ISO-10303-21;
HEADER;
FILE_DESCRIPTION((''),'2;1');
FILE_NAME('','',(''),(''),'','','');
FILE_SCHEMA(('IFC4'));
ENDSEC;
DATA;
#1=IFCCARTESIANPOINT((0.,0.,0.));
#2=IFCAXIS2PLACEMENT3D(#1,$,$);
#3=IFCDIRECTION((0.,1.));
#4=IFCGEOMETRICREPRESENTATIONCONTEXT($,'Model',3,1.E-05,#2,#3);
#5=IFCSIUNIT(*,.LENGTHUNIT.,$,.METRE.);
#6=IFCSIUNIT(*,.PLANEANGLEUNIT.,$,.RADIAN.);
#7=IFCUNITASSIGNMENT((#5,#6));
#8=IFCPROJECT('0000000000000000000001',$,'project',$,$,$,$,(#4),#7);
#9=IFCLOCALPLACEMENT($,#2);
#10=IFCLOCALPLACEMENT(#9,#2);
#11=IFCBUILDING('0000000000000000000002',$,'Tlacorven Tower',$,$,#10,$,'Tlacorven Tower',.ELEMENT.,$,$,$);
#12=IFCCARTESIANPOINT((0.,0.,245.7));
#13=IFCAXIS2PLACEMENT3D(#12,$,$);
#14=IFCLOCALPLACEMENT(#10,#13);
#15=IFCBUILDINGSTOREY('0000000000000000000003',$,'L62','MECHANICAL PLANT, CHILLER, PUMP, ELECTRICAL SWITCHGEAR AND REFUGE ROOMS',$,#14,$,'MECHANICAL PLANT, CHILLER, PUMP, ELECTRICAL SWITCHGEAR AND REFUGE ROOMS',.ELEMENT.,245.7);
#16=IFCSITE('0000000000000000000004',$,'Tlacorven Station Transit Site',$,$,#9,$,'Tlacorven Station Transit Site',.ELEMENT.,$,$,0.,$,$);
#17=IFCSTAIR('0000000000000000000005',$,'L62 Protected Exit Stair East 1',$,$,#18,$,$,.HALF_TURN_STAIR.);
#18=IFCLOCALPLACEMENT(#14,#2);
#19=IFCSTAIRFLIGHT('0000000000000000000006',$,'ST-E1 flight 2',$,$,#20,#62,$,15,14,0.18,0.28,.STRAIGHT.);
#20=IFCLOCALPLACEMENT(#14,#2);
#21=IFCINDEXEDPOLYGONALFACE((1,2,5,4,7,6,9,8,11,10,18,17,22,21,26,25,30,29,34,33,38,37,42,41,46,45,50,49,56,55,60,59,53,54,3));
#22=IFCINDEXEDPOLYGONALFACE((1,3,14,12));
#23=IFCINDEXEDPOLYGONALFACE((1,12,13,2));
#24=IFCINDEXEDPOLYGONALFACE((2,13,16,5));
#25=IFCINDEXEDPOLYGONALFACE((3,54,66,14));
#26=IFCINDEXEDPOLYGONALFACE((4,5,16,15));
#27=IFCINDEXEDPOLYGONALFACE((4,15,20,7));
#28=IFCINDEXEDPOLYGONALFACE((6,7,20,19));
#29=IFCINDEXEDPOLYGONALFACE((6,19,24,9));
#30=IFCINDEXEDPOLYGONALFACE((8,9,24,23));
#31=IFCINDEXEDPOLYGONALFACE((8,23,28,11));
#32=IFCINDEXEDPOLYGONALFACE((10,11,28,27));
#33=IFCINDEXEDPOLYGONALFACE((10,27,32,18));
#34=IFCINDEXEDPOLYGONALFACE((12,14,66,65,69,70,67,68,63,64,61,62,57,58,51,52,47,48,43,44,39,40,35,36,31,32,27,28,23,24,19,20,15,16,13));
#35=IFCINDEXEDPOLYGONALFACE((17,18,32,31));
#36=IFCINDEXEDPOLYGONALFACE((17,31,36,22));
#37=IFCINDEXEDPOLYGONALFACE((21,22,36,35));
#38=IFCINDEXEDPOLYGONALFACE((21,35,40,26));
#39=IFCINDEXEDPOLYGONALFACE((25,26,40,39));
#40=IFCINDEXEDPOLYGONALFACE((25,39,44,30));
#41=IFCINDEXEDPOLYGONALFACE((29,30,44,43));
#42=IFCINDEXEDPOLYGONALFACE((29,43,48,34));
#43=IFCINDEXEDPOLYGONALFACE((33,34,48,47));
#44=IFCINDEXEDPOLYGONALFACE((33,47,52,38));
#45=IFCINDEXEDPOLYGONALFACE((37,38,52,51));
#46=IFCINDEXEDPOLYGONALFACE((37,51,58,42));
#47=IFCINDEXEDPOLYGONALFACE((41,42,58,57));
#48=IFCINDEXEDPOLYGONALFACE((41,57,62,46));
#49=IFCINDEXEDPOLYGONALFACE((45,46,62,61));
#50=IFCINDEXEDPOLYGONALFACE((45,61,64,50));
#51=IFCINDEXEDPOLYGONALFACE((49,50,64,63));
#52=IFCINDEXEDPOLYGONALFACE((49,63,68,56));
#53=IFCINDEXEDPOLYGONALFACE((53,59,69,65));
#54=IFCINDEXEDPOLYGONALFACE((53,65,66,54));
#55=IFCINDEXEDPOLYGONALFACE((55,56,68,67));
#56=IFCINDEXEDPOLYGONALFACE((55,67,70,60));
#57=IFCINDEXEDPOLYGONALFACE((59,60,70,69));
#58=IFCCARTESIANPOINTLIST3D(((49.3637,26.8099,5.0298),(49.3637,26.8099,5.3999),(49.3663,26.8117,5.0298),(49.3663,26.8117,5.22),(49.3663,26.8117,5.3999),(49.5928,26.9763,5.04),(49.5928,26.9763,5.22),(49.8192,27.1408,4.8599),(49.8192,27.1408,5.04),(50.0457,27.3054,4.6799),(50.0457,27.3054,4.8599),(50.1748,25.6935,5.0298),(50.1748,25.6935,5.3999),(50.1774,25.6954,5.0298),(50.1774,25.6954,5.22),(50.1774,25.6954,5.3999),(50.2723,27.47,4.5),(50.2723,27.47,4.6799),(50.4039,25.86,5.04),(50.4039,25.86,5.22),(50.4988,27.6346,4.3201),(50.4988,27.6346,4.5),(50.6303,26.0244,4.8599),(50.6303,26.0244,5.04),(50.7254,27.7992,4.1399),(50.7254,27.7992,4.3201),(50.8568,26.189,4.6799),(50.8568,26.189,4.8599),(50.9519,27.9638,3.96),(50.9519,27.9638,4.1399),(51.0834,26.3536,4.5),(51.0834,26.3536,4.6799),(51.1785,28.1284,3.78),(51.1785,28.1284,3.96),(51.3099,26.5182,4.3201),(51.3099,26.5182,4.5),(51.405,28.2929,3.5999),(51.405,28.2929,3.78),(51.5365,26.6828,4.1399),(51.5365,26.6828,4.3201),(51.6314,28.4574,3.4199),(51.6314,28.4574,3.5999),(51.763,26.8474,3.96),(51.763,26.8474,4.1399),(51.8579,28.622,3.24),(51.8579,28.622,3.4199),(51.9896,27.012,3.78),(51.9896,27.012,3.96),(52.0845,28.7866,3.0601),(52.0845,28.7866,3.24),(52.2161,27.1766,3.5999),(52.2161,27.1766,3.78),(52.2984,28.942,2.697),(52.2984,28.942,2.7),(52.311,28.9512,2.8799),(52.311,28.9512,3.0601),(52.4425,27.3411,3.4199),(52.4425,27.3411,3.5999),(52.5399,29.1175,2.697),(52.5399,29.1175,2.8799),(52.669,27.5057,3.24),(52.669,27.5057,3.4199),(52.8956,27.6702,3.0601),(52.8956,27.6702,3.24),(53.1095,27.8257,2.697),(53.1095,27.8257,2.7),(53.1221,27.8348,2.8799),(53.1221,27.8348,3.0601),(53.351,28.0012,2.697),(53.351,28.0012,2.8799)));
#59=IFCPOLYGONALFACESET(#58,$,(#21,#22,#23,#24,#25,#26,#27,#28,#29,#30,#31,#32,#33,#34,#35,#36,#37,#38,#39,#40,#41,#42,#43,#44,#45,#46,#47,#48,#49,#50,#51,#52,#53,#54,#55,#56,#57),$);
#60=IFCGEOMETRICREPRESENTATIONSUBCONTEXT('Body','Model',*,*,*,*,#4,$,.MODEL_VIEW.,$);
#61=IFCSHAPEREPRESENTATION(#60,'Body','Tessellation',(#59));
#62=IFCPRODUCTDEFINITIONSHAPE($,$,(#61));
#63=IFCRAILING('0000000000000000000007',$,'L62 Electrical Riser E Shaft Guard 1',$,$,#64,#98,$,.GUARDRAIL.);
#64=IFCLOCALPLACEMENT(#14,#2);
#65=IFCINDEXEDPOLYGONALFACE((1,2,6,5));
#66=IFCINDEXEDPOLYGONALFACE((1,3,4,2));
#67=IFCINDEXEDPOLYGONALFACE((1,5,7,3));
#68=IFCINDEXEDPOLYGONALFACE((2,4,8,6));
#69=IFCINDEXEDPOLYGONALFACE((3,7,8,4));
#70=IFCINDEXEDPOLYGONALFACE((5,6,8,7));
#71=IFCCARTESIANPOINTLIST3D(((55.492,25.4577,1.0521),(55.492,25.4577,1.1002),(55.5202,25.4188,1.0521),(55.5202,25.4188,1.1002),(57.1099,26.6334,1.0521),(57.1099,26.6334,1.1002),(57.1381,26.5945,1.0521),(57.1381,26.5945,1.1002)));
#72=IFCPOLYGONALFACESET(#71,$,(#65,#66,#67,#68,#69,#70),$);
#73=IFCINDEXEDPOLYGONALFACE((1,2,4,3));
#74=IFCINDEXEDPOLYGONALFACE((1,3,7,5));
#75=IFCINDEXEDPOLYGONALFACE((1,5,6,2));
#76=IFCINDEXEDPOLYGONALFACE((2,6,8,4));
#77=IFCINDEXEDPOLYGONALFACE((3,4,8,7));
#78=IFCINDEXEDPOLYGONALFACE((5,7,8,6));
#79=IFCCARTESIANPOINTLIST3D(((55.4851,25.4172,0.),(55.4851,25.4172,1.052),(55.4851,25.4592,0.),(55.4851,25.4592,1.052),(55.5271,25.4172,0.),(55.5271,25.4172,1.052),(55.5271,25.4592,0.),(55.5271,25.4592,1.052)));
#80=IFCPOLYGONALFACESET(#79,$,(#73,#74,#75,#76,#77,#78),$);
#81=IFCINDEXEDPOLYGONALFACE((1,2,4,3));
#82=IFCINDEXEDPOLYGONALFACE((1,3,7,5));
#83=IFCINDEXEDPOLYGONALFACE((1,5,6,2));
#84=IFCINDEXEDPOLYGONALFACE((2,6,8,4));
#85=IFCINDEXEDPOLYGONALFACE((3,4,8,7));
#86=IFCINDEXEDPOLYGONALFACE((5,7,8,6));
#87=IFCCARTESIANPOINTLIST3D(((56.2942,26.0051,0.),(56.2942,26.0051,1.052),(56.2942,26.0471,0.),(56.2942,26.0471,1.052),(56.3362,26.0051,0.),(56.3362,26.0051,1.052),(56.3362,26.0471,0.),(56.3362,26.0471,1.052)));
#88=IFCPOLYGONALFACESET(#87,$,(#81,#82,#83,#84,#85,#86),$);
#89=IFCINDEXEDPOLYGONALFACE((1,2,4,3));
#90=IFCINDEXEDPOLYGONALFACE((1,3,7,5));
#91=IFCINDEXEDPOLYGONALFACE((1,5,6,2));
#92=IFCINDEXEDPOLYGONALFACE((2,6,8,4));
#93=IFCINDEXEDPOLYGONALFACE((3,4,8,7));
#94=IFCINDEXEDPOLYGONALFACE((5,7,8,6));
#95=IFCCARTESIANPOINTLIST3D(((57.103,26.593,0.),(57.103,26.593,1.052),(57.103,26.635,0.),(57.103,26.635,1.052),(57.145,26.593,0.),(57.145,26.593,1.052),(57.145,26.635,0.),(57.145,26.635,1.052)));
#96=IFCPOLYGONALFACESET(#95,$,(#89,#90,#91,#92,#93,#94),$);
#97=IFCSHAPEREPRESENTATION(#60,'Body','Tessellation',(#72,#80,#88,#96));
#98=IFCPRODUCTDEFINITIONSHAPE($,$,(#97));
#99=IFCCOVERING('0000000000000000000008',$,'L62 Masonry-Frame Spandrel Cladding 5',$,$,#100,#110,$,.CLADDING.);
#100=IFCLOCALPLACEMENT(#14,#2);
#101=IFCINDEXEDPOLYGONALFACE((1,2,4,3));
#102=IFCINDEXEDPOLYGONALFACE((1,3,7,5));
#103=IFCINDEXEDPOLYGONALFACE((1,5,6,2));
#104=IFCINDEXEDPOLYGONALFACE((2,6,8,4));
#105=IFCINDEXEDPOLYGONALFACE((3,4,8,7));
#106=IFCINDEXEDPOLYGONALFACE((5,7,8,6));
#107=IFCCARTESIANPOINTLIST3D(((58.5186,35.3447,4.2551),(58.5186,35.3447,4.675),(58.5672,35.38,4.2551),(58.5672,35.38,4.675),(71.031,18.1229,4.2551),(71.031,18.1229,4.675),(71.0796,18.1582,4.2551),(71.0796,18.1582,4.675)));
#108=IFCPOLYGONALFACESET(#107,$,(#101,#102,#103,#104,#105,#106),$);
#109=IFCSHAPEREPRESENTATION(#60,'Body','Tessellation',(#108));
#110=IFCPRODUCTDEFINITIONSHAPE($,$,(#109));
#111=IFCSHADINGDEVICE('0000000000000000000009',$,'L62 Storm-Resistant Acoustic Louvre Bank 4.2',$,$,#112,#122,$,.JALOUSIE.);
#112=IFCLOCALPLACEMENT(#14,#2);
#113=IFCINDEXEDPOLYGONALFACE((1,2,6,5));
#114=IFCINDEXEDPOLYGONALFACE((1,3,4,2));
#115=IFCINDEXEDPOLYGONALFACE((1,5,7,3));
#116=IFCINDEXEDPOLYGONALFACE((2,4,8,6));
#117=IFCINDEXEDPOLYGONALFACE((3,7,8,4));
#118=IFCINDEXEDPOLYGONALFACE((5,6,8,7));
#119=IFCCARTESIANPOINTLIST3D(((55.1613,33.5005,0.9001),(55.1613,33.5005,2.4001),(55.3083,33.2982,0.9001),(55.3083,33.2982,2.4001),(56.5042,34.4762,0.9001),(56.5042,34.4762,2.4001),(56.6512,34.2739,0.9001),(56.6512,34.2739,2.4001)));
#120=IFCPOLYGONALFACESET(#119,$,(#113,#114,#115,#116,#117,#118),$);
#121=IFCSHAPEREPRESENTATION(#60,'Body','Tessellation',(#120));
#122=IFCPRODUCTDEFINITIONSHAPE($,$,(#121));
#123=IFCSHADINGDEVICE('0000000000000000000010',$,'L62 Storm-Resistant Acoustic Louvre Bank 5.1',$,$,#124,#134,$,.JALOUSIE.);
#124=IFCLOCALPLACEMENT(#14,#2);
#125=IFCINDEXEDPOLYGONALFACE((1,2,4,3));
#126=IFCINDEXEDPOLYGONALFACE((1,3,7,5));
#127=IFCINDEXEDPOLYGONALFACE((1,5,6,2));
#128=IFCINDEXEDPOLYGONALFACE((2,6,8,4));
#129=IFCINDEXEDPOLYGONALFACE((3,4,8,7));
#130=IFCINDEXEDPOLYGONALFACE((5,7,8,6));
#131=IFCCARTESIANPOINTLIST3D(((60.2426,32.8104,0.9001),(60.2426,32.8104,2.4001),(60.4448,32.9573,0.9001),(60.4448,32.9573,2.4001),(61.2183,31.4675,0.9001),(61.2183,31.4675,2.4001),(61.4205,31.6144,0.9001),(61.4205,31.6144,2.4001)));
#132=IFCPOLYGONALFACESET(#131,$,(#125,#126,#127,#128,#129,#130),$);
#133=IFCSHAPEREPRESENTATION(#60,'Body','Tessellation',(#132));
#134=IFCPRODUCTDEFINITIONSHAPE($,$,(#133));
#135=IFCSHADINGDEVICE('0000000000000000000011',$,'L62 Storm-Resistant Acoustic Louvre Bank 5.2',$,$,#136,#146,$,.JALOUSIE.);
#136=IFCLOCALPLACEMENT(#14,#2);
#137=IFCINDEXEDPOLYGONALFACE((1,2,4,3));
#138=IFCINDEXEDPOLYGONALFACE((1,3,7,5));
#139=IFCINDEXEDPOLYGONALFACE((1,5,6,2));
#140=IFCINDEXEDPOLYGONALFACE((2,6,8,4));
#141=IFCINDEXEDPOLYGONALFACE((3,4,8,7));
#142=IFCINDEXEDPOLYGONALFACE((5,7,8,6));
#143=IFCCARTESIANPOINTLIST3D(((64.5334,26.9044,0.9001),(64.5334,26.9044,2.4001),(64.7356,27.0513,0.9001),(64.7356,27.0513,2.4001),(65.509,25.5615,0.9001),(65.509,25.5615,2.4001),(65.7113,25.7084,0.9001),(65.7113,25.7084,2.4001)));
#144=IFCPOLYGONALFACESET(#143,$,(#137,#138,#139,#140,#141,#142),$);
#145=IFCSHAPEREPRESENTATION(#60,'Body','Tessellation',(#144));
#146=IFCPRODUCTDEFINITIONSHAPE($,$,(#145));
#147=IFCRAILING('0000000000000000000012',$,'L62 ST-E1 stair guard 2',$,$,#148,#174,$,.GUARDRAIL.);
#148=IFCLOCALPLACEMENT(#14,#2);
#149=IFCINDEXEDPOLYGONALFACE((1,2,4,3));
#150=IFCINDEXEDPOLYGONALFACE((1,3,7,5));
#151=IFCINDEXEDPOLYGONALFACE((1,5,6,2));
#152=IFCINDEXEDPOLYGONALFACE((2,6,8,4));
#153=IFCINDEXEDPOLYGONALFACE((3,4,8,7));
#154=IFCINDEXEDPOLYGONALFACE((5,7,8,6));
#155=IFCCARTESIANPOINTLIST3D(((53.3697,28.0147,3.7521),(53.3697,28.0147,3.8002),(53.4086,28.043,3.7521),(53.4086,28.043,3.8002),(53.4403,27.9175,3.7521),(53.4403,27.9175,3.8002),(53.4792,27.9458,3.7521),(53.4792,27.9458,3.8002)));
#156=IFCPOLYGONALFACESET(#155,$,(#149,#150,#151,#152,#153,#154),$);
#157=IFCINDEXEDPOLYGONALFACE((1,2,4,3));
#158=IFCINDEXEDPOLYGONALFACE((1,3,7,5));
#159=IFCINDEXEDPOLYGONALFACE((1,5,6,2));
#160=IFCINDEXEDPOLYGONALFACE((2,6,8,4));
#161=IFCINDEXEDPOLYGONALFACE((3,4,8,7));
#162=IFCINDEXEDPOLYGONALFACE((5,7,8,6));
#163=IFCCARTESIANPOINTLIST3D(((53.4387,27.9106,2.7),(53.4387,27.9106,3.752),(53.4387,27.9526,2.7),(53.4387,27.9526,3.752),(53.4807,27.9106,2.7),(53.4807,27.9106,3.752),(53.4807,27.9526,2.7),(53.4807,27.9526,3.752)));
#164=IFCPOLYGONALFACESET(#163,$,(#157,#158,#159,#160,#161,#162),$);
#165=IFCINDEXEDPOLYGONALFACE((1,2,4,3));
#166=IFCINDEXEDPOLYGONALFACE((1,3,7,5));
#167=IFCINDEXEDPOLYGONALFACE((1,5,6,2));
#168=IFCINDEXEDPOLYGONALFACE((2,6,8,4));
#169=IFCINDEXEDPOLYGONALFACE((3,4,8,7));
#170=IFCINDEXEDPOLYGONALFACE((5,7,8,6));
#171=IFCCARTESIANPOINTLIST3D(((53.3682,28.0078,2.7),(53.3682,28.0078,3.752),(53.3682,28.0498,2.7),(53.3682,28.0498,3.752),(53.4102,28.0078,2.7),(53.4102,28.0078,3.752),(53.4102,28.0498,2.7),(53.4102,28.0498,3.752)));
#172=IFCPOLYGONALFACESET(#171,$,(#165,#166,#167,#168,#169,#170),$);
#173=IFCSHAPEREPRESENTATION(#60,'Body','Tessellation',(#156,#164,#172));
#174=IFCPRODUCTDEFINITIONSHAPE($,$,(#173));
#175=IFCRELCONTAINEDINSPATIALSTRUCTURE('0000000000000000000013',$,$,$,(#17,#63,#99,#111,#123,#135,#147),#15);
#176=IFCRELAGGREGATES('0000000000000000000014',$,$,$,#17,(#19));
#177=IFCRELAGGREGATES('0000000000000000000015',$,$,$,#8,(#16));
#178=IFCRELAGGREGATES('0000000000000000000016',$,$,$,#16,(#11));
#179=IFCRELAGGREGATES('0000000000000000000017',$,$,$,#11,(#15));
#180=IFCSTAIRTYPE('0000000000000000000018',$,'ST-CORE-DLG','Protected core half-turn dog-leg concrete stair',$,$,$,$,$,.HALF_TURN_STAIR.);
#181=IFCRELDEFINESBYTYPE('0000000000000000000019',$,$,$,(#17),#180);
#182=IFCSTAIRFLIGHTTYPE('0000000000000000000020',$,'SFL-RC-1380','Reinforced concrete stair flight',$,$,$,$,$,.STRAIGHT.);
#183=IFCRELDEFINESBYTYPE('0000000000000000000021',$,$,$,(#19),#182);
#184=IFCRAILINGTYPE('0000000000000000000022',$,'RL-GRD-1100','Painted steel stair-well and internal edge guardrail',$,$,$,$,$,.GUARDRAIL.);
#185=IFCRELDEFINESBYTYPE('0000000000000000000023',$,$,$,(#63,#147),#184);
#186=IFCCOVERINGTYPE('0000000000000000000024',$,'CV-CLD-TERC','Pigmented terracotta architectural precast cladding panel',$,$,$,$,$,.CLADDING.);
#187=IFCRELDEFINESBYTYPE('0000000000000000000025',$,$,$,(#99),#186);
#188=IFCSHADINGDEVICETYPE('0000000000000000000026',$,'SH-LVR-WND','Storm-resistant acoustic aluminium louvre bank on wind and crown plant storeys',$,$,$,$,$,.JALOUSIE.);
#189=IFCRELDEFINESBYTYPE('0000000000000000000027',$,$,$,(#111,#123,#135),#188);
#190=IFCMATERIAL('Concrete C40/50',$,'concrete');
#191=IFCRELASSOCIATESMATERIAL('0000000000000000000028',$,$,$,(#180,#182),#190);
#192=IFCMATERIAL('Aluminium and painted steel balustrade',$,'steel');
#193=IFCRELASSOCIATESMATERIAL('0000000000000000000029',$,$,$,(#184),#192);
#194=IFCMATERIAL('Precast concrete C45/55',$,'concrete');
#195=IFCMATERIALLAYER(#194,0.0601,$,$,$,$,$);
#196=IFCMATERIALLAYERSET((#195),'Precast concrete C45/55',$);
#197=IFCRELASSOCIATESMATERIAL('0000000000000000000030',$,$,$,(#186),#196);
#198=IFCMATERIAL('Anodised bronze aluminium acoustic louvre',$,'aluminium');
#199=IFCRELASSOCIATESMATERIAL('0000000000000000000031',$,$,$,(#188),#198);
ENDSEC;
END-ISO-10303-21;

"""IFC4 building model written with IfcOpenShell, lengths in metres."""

from ifc_helpers import new_model, si_unit, direction, frame, origin, origin_2d, place, context, subcontext, project, spatial, polyline, rectangle, outline, extrude, source, transform, mapped, material, layer, layer_set, type_object, element, aggregate, save


model = new_model("IFC4")

# Units and contexts
model_context = context("Model", 3, precision=1e-05, world=origin(), true_north=direction((0.0, 1.0)))
body_context = subcontext(model_context, "Body", "Model", "MODEL_VIEW")
ifc_project = project(units=[si_unit("LENGTHUNIT", "METRE"), si_unit("PLANEANGLEUNIT", "RADIAN")], contexts=[model_context])

# Site, building, storey
site_placement = place(None, origin())
site = spatial("IfcSite", under=ifc_project, at=site_placement, Name="Tlacorven Station Transit Site", LongName="Tlacorven Station Transit Site", CompositionType="ELEMENT", RefElevation=0.0)
building_placement = place(site_placement, origin())
building = spatial("IfcBuilding", under=site, at=building_placement, Name="Tlacorven Tower", LongName="Tlacorven Tower", CompositionType="ELEMENT")
storey_placement = place(building_placement, frame((0.0, 0.0, 245.7)))
storey = spatial("IfcBuildingStorey", under=building, at=storey_placement, Name="L62", Description="MECHANICAL PLANT, CHILLER, PUMP, ELECTRICAL SWITCHGEAR AND REFUGE ROOMS", LongName="MECHANICAL PLANT, CHILLER, PUMP, ELECTRICAL SWITCHGEAR AND REFUGE ROOMS", CompositionType="ELEMENT", Elevation=245.7)

# Shared definitions
ifc_material_1 = material(Name="Precast concrete C45/55", Category="concrete")

# Shared definitions
ifc_material_2 = material(Name="Concrete C40/50", Category="concrete")

# Stair, stair flight
stair_type = type_object("IfcStairType", Name="ST-CORE-DLG", Description="Protected core half-turn dog-leg concrete stair", PredefinedType="HALF_TURN_STAIR", material=ifc_material_2)
stair_placement = place(storey_placement, origin())
stair = element("IfcStair", 1, at=stair_placement, inside=storey, type_object=stair_type, Name="L62 Protected Exit Stair East 1", PredefinedType="HALF_TURN_STAIR")
stair_flight_type = type_object("IfcStairFlightType", Name="SFL-RC-1380", Description="Reinforced concrete stair flight", PredefinedType="STRAIGHT", material=ifc_material_2)
shared_shape_1 = source(origin(), body_context, "Body", "SweptSolid", [
    extrude(outline(polyline([(-0.0029, -0.0029), (-0.0029, 0.1799), (0.28, 0.1799), (0.28, 0.3601), (0.5601, 0.3601), (0.5601, 0.54), (0.8401, 0.54), (0.8401, 0.72), (1.1201, 0.72), (1.1201, 0.8999), (1.3999, 0.8999), (1.3999, 1.0801), (1.6799, 1.0801), (1.6799, 1.26), (1.96, 1.26), (1.96, 1.4399), (2.24, 1.4399), (2.24, 1.6201), (2.52, 1.6201), (2.52, 1.8), (2.8, 1.8), (2.8, 1.98), (3.0801, 1.98), (3.0801, 2.1599), (3.3601, 2.1599), (3.3601, 2.3401), (3.6399, 2.3401), (3.6399, 2.52), (3.9199, 2.52), (3.9199, 2.7), (3.9231, 2.7), (3.9231, 2.3298), (3.9199, 2.3298), (0.2957, 0.0), (0.2957, -0.0029), (-0.0029, -0.0029)])), frame((0.0, 0.6899, 0.0), z_axis=(0.0, -1.0, 0.0), x_axis=(1.0, 0.0, 0.0)), (0.0, 0.0, 1.0), 1.3799),
])
stair_flight_placement = place(storey_placement, frame((52.9431, 28.5576, 2.7), z_axis=(0.0, 0.0, 1.0), x_axis=(-0.809017, -0.587785, 0.0)))
stair_flight = element("IfcStairFlight", 2, at=stair_flight_placement, type_object=stair_flight_type, Name="ST-E1 flight 2", NumberOfRisers=15, NumberOfTreads=14, PredefinedType="STRAIGHT", RiserHeight=0.18, TreadLength=0.28, context=body_context, shape_type="MappedRepresentation", body=[
    mapped(shared_shape_1, transform((0.0, 0.0, 0.0), scale=1.0)),
])
aggregate(stair, [stair_flight])

# Railing
ifc_material_3 = material(Name="Aluminium and painted steel balustrade", Category="steel")
railing_type = type_object("IfcRailingType", Name="RL-GRD-1100", Description="Painted steel stair-well and internal edge guardrail", PredefinedType="GUARDRAIL", material=ifc_material_3)
shared_shape_2 = source(origin(), body_context, "Body", "SweptSolid", [
    extrude(rectangle(XDim=0.0481, YDim=0.0481, at=origin_2d()), frame((0.0, 0.0, 1.0762), z_axis=(0.808947, 0.587881, 0.0), x_axis=(-0.587881, 0.808947, 0.0)), (0.0, 0.0, 1.0), 2.0),
    extrude(rectangle(XDim=0.042, YDim=0.042, at=origin_2d()), origin(), (0.0, 0.0, 1.0), 1.052),
    extrude(rectangle(XDim=0.042, YDim=0.042, at=origin_2d()), frame((0.8091, 0.5879, 0.0)), (0.0, 0.0, 1.0), 1.052),
    extrude(rectangle(XDim=0.042, YDim=0.042, at=origin_2d()), frame((1.6179, 1.1758, 0.0)), (0.0, 0.0, 1.0), 1.052),
])
railing_1_placement = place(storey_placement, frame((55.5061, 25.4382, 0.0)))
element("IfcRailing", 3, at=railing_1_placement, inside=storey, type_object=railing_type, Name="L62 Electrical Riser E Shaft Guard 1", PredefinedType="GUARDRAIL", context=body_context, shape_type="MappedRepresentation", body=[
    mapped(shared_shape_2, transform((0.0, 0.0, 0.0), scale=1.0)),
])

# Covering
ifc_layer_1 = layer(ifc_material_1, 0.0601)
ifc_layer_set_1 = layer_set([ifc_layer_1], Name="Precast concrete C45/55")
covering_type = type_object("IfcCoveringType", Name="CV-CLD-TERC", Description="Pigmented terracotta architectural precast cladding panel", PredefinedType="CLADDING", material=ifc_layer_set_1)
shared_shape_3 = source(origin(), body_context, "Body", "SweptSolid", [
    extrude(rectangle(XDim=21.2874, YDim=0.0601, at=origin_2d()), origin(), (0.0, 0.0, 1.0), 0.4199),
])
covering_placement = place(storey_placement, frame((64.7991, 26.7515, 4.2551), z_axis=(0.0, 0.0, 1.0), x_axis=(0.587785, -0.809017, 0.0)))
element("IfcCovering", 4, at=covering_placement, inside=storey, type_object=covering_type, Name="L62 Masonry-Frame Spandrel Cladding 5", PredefinedType="CLADDING", context=body_context, shape_type="MappedRepresentation", body=[
    mapped(shared_shape_3, transform((0.0, 0.0, 0.0), scale=1.0)),
])

# Shading devices
ifc_material_4 = material(Name="Anodised bronze aluminium acoustic louvre", Category="aluminium")
shading_device_type = type_object("IfcShadingDeviceType", Name="SH-LVR-WND", Description="Storm-resistant acoustic aluminium louvre bank on wind and crown plant storeys", PredefinedType="JALOUSIE", material=ifc_material_4)
shared_shape_4 = source(origin(), body_context, "Body", "SweptSolid", [
    extrude(rectangle(XDim=1.6599, YDim=0.25, at=origin_2d()), origin(), (0.0, 0.0, 1.0), 1.5),
])
for number, where, z_axis, x_axis, name in (
    (5, (55.9062, 33.8872, 0.9001), (0.0, 0.0, 1.0), (0.809017, 0.587785, 0.0), "L62 Storm-Resistant Acoustic Louvre Bank 4.2"),
    (6, (60.8315, 32.2124, 0.9001), (0.0, 0.0, 1.0), (0.587785, -0.809017, 0.0), "L62 Storm-Resistant Acoustic Louvre Bank 5.1"),
    (7, (65.1223, 26.3064, 0.9001), (0.0, 0.0, 1.0), (0.587785, -0.809017, 0.0), "L62 Storm-Resistant Acoustic Louvre Bank 5.2"),
):
    element("IfcShadingDevice", number, at=place(storey_placement, frame(where, z_axis=z_axis, x_axis=x_axis)), inside=storey, type_object=shading_device_type, Name=name, PredefinedType="JALOUSIE", context=body_context, shape_type="MappedRepresentation", body=[
        mapped(shared_shape_4, transform((0.0, 0.0, 0.0), scale=1.0)),
    ])

# Railing
shared_shape_5 = source(origin(), body_context, "Body", "SweptSolid", [
    extrude(rectangle(XDim=0.0481, YDim=0.0481, at=origin_2d()), frame((0.0, 0.0, 1.0762), z_axis=(-0.587567, 0.809175, 0.0), x_axis=(-0.809175, -0.587567, 0.0)), (0.0, 0.0, 1.0), 0.1201),
    extrude(rectangle(XDim=0.042, YDim=0.042, at=origin_2d()), origin(), (0.0, 0.0, 1.0), 1.052),
    extrude(rectangle(XDim=0.042, YDim=0.042, at=origin_2d()), frame((-0.0706, 0.0972, 0.0)), (0.0, 0.0, 1.0), 1.052),
])
railing_2_placement = place(storey_placement, frame((53.4597, 27.9316, 2.7)))
element("IfcRailing", 8, at=railing_2_placement, inside=storey, type_object=railing_type, Name="L62 ST-E1 stair guard 2", PredefinedType="GUARDRAIL", context=body_context, shape_type="MappedRepresentation", body=[
    mapped(shared_shape_5, transform((0.0, 0.0, 0.0), scale=1.0)),
])

save(model, "model.ifc")
